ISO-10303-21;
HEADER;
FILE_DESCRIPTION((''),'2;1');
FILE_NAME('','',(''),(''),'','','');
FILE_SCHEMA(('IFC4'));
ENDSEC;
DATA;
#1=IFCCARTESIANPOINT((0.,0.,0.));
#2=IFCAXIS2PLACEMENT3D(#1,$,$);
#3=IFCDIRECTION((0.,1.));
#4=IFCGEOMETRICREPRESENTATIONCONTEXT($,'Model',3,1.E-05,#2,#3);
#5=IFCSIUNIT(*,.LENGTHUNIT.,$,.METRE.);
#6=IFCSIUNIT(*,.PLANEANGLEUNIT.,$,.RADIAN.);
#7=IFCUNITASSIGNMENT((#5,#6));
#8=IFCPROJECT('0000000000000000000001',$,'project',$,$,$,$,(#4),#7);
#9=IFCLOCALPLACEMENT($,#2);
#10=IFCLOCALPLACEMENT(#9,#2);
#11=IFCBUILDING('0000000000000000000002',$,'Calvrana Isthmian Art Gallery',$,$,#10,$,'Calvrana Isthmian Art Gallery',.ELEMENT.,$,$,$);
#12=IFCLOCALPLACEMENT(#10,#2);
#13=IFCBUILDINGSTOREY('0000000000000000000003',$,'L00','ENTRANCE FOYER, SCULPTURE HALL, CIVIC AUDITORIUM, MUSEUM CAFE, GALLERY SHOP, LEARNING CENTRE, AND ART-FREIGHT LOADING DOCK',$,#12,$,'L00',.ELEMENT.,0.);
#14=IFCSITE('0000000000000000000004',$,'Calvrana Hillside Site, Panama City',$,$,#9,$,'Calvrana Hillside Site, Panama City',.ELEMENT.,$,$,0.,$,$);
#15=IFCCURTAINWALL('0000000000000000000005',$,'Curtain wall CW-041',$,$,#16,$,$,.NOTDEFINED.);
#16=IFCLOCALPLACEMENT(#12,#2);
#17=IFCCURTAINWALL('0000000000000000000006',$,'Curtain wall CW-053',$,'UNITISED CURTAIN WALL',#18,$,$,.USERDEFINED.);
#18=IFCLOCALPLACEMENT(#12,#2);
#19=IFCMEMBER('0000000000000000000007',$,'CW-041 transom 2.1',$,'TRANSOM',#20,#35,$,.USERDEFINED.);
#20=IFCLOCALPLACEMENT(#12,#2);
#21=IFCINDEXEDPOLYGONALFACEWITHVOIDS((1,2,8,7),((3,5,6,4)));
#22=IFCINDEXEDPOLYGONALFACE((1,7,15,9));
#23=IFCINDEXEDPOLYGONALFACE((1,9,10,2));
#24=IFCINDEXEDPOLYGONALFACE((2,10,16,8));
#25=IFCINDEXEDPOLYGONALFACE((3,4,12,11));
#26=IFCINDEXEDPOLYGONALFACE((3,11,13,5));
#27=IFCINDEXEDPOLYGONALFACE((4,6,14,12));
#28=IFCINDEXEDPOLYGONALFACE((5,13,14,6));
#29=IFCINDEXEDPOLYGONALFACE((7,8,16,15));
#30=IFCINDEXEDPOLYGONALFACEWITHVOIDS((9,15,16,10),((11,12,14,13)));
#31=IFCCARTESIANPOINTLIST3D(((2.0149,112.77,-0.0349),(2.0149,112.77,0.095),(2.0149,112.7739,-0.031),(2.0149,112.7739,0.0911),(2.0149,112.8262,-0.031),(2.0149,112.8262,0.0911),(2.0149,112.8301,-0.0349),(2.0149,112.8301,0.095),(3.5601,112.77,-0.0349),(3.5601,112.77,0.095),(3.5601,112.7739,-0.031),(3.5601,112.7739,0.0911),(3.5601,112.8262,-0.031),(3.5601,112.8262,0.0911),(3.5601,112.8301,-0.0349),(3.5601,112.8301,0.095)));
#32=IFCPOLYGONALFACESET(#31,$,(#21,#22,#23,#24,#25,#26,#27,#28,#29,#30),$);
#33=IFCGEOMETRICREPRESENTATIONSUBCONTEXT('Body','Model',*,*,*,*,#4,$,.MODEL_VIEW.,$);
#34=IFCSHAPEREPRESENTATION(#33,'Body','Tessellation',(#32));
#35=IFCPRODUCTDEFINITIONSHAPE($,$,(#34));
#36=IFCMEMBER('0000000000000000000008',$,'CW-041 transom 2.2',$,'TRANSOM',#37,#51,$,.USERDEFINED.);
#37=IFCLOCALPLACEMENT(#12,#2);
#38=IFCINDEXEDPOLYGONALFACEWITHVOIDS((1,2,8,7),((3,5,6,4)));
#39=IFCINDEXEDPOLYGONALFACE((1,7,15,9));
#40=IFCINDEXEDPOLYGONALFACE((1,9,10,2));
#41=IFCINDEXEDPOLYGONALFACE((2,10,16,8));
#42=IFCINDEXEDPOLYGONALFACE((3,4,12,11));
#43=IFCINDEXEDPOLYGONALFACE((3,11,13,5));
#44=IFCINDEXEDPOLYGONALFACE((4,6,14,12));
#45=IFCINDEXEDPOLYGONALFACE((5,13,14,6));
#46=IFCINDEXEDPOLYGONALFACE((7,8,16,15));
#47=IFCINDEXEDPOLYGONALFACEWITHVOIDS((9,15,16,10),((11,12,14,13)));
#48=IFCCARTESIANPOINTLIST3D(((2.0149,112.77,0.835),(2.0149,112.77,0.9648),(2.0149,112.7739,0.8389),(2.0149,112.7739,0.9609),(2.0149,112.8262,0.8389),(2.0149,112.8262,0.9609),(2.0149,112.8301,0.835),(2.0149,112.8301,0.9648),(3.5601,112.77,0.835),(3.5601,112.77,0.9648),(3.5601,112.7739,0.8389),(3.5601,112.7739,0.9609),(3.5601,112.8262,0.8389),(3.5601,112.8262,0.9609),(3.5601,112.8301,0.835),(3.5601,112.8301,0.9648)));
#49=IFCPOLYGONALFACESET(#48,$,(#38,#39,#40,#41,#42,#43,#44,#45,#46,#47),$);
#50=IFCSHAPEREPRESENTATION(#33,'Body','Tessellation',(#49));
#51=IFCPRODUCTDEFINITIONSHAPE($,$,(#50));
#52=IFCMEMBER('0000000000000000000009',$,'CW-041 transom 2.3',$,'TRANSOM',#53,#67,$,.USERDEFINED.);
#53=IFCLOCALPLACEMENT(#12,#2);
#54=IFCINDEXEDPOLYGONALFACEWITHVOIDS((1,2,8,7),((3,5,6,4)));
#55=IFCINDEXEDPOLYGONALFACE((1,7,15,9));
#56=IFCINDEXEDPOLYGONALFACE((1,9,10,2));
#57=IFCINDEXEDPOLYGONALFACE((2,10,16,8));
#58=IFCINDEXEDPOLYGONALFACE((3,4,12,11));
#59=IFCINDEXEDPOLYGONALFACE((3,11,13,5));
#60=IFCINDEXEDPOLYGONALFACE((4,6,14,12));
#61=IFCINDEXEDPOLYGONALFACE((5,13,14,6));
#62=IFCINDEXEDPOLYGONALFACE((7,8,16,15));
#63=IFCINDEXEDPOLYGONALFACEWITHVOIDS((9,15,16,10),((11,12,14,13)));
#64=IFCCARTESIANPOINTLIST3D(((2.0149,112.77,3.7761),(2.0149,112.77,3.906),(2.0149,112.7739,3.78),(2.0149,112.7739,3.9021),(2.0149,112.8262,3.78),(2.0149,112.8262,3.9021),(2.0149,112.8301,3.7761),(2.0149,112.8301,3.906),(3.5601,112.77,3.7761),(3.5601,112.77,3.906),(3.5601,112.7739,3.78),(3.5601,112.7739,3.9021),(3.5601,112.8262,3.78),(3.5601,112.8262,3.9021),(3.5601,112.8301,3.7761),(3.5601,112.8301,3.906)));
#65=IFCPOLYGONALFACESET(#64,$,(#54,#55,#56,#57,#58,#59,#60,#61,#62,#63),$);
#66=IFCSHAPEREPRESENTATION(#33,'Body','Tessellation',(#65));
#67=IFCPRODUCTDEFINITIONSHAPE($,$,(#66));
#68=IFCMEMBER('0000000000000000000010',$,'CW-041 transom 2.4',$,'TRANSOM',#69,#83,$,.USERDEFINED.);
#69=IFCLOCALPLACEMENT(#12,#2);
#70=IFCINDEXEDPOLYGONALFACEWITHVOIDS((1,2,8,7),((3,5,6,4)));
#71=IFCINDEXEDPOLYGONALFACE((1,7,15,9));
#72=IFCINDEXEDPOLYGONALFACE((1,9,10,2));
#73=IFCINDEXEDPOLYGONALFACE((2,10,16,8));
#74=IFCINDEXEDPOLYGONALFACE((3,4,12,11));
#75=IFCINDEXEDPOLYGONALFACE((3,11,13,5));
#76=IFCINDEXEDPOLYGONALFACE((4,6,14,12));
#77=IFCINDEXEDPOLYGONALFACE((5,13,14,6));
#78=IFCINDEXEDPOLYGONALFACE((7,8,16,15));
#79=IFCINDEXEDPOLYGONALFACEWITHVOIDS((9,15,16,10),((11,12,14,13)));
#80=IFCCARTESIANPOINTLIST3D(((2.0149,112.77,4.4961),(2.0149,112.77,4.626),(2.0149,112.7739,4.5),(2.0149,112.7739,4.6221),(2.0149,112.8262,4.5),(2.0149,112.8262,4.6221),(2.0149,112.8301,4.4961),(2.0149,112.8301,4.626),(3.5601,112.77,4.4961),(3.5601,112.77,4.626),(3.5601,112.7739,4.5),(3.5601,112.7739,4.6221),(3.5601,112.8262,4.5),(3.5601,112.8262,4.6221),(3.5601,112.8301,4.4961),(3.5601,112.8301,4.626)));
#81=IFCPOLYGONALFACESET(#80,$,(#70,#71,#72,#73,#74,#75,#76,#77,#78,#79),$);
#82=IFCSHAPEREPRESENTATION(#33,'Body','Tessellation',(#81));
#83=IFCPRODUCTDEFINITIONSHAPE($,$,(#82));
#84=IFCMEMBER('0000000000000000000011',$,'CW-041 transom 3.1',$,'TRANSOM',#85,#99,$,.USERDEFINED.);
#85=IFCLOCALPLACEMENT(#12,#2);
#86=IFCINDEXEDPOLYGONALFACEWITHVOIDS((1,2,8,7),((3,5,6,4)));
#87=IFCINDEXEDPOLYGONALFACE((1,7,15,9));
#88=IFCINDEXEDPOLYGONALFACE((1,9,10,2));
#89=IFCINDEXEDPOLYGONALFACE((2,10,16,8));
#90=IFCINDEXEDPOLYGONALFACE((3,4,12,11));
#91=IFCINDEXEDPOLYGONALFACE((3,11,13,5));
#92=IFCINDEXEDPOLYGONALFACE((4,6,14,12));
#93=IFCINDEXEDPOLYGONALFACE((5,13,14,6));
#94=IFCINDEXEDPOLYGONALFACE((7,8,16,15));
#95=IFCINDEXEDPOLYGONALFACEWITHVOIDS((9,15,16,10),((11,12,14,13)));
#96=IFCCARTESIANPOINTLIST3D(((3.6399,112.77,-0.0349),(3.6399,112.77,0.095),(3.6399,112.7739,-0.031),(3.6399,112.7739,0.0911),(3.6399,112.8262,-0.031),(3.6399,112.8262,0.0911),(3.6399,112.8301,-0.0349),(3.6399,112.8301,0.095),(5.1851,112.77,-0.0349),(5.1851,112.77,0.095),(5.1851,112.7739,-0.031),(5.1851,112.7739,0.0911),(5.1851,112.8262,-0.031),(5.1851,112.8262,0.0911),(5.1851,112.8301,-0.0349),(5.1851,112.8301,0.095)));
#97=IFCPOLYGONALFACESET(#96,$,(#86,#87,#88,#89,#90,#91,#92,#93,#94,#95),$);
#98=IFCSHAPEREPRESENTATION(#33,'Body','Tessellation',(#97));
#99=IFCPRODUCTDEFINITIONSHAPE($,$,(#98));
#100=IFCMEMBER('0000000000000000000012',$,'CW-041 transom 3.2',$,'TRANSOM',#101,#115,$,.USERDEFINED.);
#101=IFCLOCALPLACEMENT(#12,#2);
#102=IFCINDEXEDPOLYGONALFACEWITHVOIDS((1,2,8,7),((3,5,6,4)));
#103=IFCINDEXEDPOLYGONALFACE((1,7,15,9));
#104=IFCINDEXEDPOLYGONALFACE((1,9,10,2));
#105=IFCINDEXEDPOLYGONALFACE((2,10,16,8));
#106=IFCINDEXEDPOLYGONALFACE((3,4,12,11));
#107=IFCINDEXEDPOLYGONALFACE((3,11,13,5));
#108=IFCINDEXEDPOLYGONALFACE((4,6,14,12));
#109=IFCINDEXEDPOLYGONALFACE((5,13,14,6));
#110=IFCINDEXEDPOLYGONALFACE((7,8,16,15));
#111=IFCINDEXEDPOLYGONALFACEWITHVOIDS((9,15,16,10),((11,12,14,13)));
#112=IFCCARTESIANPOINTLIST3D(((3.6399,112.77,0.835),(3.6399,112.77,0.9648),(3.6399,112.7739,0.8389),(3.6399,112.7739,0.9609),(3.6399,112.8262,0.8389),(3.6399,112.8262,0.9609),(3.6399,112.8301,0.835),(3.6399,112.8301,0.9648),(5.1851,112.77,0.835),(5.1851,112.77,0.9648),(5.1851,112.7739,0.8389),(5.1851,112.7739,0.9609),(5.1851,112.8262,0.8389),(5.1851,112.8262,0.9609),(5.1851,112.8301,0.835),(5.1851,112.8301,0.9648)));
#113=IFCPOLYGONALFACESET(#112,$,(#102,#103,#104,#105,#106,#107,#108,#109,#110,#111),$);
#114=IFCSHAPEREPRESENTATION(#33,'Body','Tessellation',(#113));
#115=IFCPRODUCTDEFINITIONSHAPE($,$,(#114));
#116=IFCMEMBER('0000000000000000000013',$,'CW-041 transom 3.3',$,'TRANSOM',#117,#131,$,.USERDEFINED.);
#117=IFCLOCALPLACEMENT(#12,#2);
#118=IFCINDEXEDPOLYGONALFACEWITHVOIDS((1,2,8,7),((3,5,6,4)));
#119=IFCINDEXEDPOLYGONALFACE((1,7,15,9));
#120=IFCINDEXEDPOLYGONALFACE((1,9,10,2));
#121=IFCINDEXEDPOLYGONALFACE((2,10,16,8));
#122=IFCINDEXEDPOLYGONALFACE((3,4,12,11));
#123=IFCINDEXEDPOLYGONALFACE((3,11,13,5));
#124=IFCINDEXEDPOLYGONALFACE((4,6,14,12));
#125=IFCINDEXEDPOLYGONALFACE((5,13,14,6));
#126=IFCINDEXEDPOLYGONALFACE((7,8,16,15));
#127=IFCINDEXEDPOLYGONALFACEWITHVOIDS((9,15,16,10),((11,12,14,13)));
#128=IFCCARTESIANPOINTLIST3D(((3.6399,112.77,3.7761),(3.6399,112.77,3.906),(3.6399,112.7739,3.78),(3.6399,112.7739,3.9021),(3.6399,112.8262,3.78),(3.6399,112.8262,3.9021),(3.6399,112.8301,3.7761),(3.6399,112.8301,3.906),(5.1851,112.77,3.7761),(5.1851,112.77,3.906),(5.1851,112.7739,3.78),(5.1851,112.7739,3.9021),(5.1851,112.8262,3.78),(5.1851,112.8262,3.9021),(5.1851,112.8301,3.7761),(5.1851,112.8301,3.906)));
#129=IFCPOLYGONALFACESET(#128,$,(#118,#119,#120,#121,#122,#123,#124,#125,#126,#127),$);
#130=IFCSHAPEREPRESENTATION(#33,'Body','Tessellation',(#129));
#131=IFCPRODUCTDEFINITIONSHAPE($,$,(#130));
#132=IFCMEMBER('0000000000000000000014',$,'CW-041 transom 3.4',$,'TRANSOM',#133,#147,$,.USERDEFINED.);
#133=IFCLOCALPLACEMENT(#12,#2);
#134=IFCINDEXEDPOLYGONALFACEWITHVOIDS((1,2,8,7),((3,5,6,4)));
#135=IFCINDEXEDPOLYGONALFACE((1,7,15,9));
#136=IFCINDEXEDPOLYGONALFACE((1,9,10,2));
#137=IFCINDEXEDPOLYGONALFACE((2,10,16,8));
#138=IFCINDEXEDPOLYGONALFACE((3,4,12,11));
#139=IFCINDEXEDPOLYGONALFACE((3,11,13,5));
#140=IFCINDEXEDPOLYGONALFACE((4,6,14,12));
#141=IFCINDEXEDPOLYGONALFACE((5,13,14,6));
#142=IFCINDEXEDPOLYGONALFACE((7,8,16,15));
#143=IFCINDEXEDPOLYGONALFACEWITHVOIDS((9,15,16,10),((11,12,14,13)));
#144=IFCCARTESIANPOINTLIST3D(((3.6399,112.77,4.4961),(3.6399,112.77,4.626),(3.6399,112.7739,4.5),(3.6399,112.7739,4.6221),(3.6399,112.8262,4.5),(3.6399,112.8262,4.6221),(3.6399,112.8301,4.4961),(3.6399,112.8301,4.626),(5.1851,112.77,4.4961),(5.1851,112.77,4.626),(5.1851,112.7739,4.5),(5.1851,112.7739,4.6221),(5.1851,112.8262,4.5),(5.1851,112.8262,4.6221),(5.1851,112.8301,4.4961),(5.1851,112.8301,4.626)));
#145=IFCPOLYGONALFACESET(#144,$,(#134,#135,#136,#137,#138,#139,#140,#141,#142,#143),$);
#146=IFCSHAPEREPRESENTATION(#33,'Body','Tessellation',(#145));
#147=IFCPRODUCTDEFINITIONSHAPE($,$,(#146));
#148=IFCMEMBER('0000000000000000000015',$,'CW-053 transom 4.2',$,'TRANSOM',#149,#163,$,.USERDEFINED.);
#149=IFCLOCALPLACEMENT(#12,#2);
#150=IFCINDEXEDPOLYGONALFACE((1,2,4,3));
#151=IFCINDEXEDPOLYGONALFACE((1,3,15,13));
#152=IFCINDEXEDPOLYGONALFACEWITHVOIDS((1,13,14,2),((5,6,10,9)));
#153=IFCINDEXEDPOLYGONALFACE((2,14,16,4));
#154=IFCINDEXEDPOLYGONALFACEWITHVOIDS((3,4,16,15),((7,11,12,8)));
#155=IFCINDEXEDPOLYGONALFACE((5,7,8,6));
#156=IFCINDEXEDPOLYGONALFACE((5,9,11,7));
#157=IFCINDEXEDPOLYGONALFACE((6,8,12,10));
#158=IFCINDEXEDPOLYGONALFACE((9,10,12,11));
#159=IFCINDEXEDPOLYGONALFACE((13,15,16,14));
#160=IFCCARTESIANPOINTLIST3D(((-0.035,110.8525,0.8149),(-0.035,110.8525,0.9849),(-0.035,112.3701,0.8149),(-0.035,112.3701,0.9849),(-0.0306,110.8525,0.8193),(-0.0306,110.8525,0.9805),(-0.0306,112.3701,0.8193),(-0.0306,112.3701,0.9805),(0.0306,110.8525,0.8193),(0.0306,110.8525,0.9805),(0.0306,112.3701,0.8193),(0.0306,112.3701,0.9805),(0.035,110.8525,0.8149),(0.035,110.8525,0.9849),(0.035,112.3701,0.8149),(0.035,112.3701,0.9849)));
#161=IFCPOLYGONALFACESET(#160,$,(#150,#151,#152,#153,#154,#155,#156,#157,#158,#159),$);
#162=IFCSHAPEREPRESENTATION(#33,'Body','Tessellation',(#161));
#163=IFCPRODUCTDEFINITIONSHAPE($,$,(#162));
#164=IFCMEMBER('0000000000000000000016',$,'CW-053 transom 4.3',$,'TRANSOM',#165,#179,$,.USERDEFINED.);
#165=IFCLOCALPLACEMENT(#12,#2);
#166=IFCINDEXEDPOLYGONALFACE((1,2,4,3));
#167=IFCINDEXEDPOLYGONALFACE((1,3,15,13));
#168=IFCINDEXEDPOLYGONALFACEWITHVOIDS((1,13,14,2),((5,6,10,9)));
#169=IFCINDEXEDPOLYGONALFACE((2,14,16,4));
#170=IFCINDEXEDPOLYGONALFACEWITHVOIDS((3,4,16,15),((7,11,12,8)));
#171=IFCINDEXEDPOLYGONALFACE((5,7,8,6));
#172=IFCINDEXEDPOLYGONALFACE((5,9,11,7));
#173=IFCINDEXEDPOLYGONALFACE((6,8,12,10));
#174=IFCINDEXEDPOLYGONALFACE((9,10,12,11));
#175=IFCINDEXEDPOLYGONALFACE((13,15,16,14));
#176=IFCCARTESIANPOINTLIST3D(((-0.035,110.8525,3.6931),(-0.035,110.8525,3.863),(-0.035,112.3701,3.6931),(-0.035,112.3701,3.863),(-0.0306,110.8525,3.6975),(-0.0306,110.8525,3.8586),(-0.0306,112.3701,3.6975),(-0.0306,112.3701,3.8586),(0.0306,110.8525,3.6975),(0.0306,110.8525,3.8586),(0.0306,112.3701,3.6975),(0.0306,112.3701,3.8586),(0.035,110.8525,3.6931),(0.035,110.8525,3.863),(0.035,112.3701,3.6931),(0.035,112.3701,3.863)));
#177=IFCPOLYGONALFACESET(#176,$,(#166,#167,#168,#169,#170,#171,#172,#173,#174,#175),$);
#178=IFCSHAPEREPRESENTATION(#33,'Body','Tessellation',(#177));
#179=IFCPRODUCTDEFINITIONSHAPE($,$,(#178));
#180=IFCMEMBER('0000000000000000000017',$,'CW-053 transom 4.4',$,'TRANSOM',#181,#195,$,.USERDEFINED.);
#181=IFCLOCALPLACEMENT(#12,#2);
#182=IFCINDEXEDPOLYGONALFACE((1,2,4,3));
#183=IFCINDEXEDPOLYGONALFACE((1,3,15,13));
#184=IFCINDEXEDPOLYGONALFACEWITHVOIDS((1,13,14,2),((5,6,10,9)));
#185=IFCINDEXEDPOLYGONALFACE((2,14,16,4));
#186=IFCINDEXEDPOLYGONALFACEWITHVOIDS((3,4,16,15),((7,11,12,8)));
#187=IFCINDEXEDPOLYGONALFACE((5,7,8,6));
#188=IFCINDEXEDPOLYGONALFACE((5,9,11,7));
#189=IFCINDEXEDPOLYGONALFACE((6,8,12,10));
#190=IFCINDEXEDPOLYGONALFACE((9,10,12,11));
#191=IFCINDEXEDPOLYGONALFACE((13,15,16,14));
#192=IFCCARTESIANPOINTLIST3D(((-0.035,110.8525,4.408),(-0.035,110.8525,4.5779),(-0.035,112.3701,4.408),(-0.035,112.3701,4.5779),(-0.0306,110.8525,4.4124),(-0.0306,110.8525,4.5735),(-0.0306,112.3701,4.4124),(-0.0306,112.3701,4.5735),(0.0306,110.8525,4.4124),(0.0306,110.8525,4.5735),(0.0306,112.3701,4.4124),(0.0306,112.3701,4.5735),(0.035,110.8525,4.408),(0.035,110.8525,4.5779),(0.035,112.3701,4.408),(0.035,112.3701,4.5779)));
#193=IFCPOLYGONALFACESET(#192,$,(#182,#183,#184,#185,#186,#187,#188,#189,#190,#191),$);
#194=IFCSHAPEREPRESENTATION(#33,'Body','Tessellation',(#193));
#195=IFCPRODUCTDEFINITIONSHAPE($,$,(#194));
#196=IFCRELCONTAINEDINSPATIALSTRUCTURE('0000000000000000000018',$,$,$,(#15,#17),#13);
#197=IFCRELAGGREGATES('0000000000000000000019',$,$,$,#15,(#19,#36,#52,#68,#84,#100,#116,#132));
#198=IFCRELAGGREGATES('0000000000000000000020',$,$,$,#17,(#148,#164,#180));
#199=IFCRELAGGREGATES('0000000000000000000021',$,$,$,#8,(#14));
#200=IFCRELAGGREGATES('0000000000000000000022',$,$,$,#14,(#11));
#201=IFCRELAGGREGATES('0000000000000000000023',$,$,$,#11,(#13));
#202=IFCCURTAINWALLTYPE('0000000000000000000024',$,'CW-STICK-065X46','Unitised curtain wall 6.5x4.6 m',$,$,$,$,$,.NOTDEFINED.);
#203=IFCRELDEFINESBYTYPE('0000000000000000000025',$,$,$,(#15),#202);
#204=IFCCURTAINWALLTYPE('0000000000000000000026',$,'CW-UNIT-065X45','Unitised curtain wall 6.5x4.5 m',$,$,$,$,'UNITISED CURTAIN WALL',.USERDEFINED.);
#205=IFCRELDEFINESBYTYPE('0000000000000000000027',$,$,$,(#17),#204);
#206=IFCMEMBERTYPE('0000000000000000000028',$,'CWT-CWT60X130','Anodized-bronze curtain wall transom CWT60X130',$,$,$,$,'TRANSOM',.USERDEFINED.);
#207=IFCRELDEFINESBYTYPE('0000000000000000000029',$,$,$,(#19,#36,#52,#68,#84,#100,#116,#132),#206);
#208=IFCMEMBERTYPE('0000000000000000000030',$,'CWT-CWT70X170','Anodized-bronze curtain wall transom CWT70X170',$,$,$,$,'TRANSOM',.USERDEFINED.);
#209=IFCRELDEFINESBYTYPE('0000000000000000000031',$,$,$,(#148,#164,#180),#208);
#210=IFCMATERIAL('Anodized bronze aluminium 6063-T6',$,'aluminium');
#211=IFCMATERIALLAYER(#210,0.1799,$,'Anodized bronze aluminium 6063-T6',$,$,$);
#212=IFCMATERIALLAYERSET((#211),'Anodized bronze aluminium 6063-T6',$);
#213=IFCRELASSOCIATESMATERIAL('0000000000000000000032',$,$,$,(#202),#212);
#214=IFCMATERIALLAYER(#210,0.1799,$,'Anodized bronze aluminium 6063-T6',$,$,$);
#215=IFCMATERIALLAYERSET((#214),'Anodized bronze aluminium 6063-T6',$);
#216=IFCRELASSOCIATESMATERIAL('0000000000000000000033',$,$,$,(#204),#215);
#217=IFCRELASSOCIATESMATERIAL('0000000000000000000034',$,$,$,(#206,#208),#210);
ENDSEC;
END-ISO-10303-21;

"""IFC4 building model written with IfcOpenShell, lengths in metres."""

from ifc_helpers import new_model, si_unit, direction, frame, origin, origin_2d, place, context, subcontext, project, spatial, hollow_rectangle, extrude, material, layer, layer_set, material_profile, profile_set, type_object, element, aggregate, save


model = new_model("IFC4")

# Units and contexts
model_context = context("Model", 3, precision=1e-05, world=origin(), true_north=direction((0.0, 1.0)))
body_context = subcontext(model_context, "Body", "Model", "MODEL_VIEW")
ifc_project = project(units=[si_unit("LENGTHUNIT", "METRE"), si_unit("PLANEANGLEUNIT", "RADIAN")], contexts=[model_context])

# Site, building, storey
site_placement = place(None, origin())
site = spatial("IfcSite", under=ifc_project, at=site_placement, Name="Calvrana Hillside Site, Panama City", LongName="Calvrana Hillside Site, Panama City", CompositionType="ELEMENT", RefElevation=0.0)
building_placement = place(site_placement, origin())
building = spatial("IfcBuilding", under=site, at=building_placement, Name="Calvrana Isthmian Art Gallery", LongName="Calvrana Isthmian Art Gallery", CompositionType="ELEMENT")
storey_placement = place(building_placement, origin())
storey = spatial("IfcBuildingStorey", under=building, at=storey_placement, Name="L00", Description="ENTRANCE FOYER, SCULPTURE HALL, CIVIC AUDITORIUM, MUSEUM CAFE, GALLERY SHOP, LEARNING CENTRE, AND ART-FREIGHT LOADING DOCK", LongName="L00", CompositionType="ELEMENT", Elevation=0.0)

# Curtain wall
ifc_material_1 = material(Name="Anodized bronze aluminium 6063-T6", Category="aluminium")
ifc_layer_1 = layer(ifc_material_1, 0.1799, Name="Anodized bronze aluminium 6063-T6")
ifc_layer_set_1 = layer_set([ifc_layer_1], Name="Anodized bronze aluminium 6063-T6")
curtain_wall_type_1 = type_object("IfcCurtainWallType", Name="CW-STICK-065X46", Description="Unitised curtain wall 6.5x4.6 m", PredefinedType="NOTDEFINED", material=ifc_layer_set_1)
curtain_wall_1_placement = place(storey_placement, origin())
curtain_wall_1 = element("IfcCurtainWall", 1, at=curtain_wall_1_placement, inside=storey, type_object=curtain_wall_type_1, Name="Curtain wall CW-041", PredefinedType="NOTDEFINED")

# Curtain wall
ifc_layer_2 = layer(ifc_material_1, 0.1799, Name="Anodized bronze aluminium 6063-T6")
ifc_layer_set_2 = layer_set([ifc_layer_2], Name="Anodized bronze aluminium 6063-T6")
curtain_wall_type_2 = type_object("IfcCurtainWallType", Name="CW-UNIT-065X45", Description="Unitised curtain wall 6.5x4.5 m", ElementType="UNITISED CURTAIN WALL", PredefinedType="USERDEFINED", material=ifc_layer_set_2)
curtain_wall_2_placement = place(storey_placement, origin())
curtain_wall_2 = element("IfcCurtainWall", 2, at=curtain_wall_2_placement, inside=storey, type_object=curtain_wall_type_2, Name="Curtain wall CW-053", ObjectType="UNITISED CURTAIN WALL", PredefinedType="USERDEFINED")

# Members
ifc_material_profile_1 = material_profile(ifc_material_1, hollow_rectangle(XDim=0.0601, YDim=0.1299, WallThickness=0.0039, at=origin_2d()), Name="CWT60X130")
ifc_profile_set_1 = profile_set([ifc_material_profile_1], Name="Anodized bronze aluminium 6063-T6")
member_type_1 = type_object("IfcMemberType", Name="CWT-CWT60X130", Description="Anodized-bronze curtain wall transom CWT60X130", ElementType="TRANSOM", PredefinedType="USERDEFINED", material=ifc_profile_set_1)
member_1_placement = place(storey_placement, frame((2.0149, 112.8, 0.03), z_axis=(1.0, 0.0, 0.0), x_axis=(0.0, 1.0, 0.0)))
member_1 = element("IfcMember", 3, at=member_1_placement, type_object=member_type_1, Name="CW-041 transom 2.1", ObjectType="TRANSOM", PredefinedType="USERDEFINED", context=body_context, shape_type="SweptSolid", body=[
    extrude(hollow_rectangle(XDim=0.0601, YDim=0.1299, WallThickness=0.0039, at=origin_2d()), origin(), (0.0, 0.0, 1.0), 1.5452),
])
member_2_placement = place(storey_placement, frame((2.0149, 112.8, 0.8999), z_axis=(1.0, 0.0, 0.0), x_axis=(0.0, 1.0, 0.0)))
member_2 = element("IfcMember", 4, at=member_2_placement, type_object=member_type_1, Name="CW-041 transom 2.2", ObjectType="TRANSOM", PredefinedType="USERDEFINED", context=body_context, shape_type="SweptSolid", body=[
    extrude(hollow_rectangle(XDim=0.0601, YDim=0.1299, WallThickness=0.0039, at=origin_2d()), origin(), (0.0, 0.0, 1.0), 1.5452),
])
member_3_placement = place(storey_placement, frame((2.0149, 112.8, 3.8411), z_axis=(1.0, 0.0, 0.0), x_axis=(0.0, 1.0, 0.0)))
member_3 = element("IfcMember", 5, at=member_3_placement, type_object=member_type_1, Name="CW-041 transom 2.3", ObjectType="TRANSOM", PredefinedType="USERDEFINED", context=body_context, shape_type="SweptSolid", body=[
    extrude(hollow_rectangle(XDim=0.0601, YDim=0.1299, WallThickness=0.0039, at=origin_2d()), origin(), (0.0, 0.0, 1.0), 1.5452),
])
member_4_placement = place(storey_placement, frame((2.0149, 112.8, 4.561), z_axis=(1.0, 0.0, 0.0), x_axis=(0.0, 1.0, 0.0)))
member_4 = element("IfcMember", 6, at=member_4_placement, type_object=member_type_1, Name="CW-041 transom 2.4", ObjectType="TRANSOM", PredefinedType="USERDEFINED", context=body_context, shape_type="SweptSolid", body=[
    extrude(hollow_rectangle(XDim=0.0601, YDim=0.1299, WallThickness=0.0039, at=origin_2d()), origin(), (0.0, 0.0, 1.0), 1.5452),
])
member_5_placement = place(storey_placement, frame((3.6399, 112.8, 0.03), z_axis=(1.0, 0.0, 0.0), x_axis=(0.0, 1.0, 0.0)))
member_5 = element("IfcMember", 7, at=member_5_placement, type_object=member_type_1, Name="CW-041 transom 3.1", ObjectType="TRANSOM", PredefinedType="USERDEFINED", context=body_context, shape_type="SweptSolid", body=[
    extrude(hollow_rectangle(XDim=0.0601, YDim=0.1299, WallThickness=0.0039, at=origin_2d()), origin(), (0.0, 0.0, 1.0), 1.5452),
])
member_6_placement = place(storey_placement, frame((3.6399, 112.8, 0.8999), z_axis=(1.0, 0.0, 0.0), x_axis=(0.0, 1.0, 0.0)))
member_6 = element("IfcMember", 8, at=member_6_placement, type_object=member_type_1, Name="CW-041 transom 3.2", ObjectType="TRANSOM", PredefinedType="USERDEFINED", context=body_context, shape_type="SweptSolid", body=[
    extrude(hollow_rectangle(XDim=0.0601, YDim=0.1299, WallThickness=0.0039, at=origin_2d()), origin(), (0.0, 0.0, 1.0), 1.5452),
])
member_7_placement = place(storey_placement, frame((3.6399, 112.8, 3.8411), z_axis=(1.0, 0.0, 0.0), x_axis=(0.0, 1.0, 0.0)))
member_7 = element("IfcMember", 9, at=member_7_placement, type_object=member_type_1, Name="CW-041 transom 3.3", ObjectType="TRANSOM", PredefinedType="USERDEFINED", context=body_context, shape_type="SweptSolid", body=[
    extrude(hollow_rectangle(XDim=0.0601, YDim=0.1299, WallThickness=0.0039, at=origin_2d()), origin(), (0.0, 0.0, 1.0), 1.5452),
])
member_8_placement = place(storey_placement, frame((3.6399, 112.8, 4.561), z_axis=(1.0, 0.0, 0.0), x_axis=(0.0, 1.0, 0.0)))
member_8 = element("IfcMember", 10, at=member_8_placement, type_object=member_type_1, Name="CW-041 transom 3.4", ObjectType="TRANSOM", PredefinedType="USERDEFINED", context=body_context, shape_type="SweptSolid", body=[
    extrude(hollow_rectangle(XDim=0.0601, YDim=0.1299, WallThickness=0.0039, at=origin_2d()), origin(), (0.0, 0.0, 1.0), 1.5452),
])
ifc_material_profile_2 = material_profile(ifc_material_1, hollow_rectangle(XDim=0.0701, YDim=0.1699, WallThickness=0.0044, at=origin_2d()), Name="CWT70X170")
ifc_profile_set_2 = profile_set([ifc_material_profile_2], Name="Anodized bronze aluminium 6063-T6")
member_type_2 = type_object("IfcMemberType", Name="CWT-CWT70X170", Description="Anodized-bronze curtain wall transom CWT70X170", ElementType="TRANSOM", PredefinedType="USERDEFINED", material=ifc_profile_set_2)
member_9_placement = place(storey_placement, frame((0.0, 110.8525, 0.8999), z_axis=(0.0, 1.0, 0.0), x_axis=(-1.0, 0.0, 0.0)))
member_9 = element("IfcMember", 11, at=member_9_placement, type_object=member_type_2, Name="CW-053 transom 4.2", ObjectType="TRANSOM", PredefinedType="USERDEFINED", context=body_context, shape_type="SweptSolid", body=[
    extrude(hollow_rectangle(XDim=0.0701, YDim=0.1699, WallThickness=0.0044, at=origin_2d()), origin(), (0.0, 0.0, 1.0), 1.5176),
])
member_10_placement = place(storey_placement, frame((0.0, 110.8525, 3.7781), z_axis=(0.0, 1.0, 0.0), x_axis=(-1.0, 0.0, 0.0)))
member_10 = element("IfcMember", 12, at=member_10_placement, type_object=member_type_2, Name="CW-053 transom 4.3", ObjectType="TRANSOM", PredefinedType="USERDEFINED", context=body_context, shape_type="SweptSolid", body=[
    extrude(hollow_rectangle(XDim=0.0701, YDim=0.1699, WallThickness=0.0044, at=origin_2d()), origin(), (0.0, 0.0, 1.0), 1.5176),
])
member_11_placement = place(storey_placement, frame((0.0, 110.8525, 4.4929), z_axis=(0.0, 1.0, 0.0), x_axis=(-1.0, 0.0, 0.0)))
member_11 = element("IfcMember", 13, at=member_11_placement, type_object=member_type_2, Name="CW-053 transom 4.4", ObjectType="TRANSOM", PredefinedType="USERDEFINED", context=body_context, shape_type="SweptSolid", body=[
    extrude(hollow_rectangle(XDim=0.0701, YDim=0.1699, WallThickness=0.0044, at=origin_2d()), origin(), (0.0, 0.0, 1.0), 1.5176),
])

aggregate(curtain_wall_1, [member_1, member_2, member_3, member_4, member_5, member_6, member_7, member_8])
aggregate(curtain_wall_2, [member_9, member_10, member_11])

save(model, "model.ifc")
